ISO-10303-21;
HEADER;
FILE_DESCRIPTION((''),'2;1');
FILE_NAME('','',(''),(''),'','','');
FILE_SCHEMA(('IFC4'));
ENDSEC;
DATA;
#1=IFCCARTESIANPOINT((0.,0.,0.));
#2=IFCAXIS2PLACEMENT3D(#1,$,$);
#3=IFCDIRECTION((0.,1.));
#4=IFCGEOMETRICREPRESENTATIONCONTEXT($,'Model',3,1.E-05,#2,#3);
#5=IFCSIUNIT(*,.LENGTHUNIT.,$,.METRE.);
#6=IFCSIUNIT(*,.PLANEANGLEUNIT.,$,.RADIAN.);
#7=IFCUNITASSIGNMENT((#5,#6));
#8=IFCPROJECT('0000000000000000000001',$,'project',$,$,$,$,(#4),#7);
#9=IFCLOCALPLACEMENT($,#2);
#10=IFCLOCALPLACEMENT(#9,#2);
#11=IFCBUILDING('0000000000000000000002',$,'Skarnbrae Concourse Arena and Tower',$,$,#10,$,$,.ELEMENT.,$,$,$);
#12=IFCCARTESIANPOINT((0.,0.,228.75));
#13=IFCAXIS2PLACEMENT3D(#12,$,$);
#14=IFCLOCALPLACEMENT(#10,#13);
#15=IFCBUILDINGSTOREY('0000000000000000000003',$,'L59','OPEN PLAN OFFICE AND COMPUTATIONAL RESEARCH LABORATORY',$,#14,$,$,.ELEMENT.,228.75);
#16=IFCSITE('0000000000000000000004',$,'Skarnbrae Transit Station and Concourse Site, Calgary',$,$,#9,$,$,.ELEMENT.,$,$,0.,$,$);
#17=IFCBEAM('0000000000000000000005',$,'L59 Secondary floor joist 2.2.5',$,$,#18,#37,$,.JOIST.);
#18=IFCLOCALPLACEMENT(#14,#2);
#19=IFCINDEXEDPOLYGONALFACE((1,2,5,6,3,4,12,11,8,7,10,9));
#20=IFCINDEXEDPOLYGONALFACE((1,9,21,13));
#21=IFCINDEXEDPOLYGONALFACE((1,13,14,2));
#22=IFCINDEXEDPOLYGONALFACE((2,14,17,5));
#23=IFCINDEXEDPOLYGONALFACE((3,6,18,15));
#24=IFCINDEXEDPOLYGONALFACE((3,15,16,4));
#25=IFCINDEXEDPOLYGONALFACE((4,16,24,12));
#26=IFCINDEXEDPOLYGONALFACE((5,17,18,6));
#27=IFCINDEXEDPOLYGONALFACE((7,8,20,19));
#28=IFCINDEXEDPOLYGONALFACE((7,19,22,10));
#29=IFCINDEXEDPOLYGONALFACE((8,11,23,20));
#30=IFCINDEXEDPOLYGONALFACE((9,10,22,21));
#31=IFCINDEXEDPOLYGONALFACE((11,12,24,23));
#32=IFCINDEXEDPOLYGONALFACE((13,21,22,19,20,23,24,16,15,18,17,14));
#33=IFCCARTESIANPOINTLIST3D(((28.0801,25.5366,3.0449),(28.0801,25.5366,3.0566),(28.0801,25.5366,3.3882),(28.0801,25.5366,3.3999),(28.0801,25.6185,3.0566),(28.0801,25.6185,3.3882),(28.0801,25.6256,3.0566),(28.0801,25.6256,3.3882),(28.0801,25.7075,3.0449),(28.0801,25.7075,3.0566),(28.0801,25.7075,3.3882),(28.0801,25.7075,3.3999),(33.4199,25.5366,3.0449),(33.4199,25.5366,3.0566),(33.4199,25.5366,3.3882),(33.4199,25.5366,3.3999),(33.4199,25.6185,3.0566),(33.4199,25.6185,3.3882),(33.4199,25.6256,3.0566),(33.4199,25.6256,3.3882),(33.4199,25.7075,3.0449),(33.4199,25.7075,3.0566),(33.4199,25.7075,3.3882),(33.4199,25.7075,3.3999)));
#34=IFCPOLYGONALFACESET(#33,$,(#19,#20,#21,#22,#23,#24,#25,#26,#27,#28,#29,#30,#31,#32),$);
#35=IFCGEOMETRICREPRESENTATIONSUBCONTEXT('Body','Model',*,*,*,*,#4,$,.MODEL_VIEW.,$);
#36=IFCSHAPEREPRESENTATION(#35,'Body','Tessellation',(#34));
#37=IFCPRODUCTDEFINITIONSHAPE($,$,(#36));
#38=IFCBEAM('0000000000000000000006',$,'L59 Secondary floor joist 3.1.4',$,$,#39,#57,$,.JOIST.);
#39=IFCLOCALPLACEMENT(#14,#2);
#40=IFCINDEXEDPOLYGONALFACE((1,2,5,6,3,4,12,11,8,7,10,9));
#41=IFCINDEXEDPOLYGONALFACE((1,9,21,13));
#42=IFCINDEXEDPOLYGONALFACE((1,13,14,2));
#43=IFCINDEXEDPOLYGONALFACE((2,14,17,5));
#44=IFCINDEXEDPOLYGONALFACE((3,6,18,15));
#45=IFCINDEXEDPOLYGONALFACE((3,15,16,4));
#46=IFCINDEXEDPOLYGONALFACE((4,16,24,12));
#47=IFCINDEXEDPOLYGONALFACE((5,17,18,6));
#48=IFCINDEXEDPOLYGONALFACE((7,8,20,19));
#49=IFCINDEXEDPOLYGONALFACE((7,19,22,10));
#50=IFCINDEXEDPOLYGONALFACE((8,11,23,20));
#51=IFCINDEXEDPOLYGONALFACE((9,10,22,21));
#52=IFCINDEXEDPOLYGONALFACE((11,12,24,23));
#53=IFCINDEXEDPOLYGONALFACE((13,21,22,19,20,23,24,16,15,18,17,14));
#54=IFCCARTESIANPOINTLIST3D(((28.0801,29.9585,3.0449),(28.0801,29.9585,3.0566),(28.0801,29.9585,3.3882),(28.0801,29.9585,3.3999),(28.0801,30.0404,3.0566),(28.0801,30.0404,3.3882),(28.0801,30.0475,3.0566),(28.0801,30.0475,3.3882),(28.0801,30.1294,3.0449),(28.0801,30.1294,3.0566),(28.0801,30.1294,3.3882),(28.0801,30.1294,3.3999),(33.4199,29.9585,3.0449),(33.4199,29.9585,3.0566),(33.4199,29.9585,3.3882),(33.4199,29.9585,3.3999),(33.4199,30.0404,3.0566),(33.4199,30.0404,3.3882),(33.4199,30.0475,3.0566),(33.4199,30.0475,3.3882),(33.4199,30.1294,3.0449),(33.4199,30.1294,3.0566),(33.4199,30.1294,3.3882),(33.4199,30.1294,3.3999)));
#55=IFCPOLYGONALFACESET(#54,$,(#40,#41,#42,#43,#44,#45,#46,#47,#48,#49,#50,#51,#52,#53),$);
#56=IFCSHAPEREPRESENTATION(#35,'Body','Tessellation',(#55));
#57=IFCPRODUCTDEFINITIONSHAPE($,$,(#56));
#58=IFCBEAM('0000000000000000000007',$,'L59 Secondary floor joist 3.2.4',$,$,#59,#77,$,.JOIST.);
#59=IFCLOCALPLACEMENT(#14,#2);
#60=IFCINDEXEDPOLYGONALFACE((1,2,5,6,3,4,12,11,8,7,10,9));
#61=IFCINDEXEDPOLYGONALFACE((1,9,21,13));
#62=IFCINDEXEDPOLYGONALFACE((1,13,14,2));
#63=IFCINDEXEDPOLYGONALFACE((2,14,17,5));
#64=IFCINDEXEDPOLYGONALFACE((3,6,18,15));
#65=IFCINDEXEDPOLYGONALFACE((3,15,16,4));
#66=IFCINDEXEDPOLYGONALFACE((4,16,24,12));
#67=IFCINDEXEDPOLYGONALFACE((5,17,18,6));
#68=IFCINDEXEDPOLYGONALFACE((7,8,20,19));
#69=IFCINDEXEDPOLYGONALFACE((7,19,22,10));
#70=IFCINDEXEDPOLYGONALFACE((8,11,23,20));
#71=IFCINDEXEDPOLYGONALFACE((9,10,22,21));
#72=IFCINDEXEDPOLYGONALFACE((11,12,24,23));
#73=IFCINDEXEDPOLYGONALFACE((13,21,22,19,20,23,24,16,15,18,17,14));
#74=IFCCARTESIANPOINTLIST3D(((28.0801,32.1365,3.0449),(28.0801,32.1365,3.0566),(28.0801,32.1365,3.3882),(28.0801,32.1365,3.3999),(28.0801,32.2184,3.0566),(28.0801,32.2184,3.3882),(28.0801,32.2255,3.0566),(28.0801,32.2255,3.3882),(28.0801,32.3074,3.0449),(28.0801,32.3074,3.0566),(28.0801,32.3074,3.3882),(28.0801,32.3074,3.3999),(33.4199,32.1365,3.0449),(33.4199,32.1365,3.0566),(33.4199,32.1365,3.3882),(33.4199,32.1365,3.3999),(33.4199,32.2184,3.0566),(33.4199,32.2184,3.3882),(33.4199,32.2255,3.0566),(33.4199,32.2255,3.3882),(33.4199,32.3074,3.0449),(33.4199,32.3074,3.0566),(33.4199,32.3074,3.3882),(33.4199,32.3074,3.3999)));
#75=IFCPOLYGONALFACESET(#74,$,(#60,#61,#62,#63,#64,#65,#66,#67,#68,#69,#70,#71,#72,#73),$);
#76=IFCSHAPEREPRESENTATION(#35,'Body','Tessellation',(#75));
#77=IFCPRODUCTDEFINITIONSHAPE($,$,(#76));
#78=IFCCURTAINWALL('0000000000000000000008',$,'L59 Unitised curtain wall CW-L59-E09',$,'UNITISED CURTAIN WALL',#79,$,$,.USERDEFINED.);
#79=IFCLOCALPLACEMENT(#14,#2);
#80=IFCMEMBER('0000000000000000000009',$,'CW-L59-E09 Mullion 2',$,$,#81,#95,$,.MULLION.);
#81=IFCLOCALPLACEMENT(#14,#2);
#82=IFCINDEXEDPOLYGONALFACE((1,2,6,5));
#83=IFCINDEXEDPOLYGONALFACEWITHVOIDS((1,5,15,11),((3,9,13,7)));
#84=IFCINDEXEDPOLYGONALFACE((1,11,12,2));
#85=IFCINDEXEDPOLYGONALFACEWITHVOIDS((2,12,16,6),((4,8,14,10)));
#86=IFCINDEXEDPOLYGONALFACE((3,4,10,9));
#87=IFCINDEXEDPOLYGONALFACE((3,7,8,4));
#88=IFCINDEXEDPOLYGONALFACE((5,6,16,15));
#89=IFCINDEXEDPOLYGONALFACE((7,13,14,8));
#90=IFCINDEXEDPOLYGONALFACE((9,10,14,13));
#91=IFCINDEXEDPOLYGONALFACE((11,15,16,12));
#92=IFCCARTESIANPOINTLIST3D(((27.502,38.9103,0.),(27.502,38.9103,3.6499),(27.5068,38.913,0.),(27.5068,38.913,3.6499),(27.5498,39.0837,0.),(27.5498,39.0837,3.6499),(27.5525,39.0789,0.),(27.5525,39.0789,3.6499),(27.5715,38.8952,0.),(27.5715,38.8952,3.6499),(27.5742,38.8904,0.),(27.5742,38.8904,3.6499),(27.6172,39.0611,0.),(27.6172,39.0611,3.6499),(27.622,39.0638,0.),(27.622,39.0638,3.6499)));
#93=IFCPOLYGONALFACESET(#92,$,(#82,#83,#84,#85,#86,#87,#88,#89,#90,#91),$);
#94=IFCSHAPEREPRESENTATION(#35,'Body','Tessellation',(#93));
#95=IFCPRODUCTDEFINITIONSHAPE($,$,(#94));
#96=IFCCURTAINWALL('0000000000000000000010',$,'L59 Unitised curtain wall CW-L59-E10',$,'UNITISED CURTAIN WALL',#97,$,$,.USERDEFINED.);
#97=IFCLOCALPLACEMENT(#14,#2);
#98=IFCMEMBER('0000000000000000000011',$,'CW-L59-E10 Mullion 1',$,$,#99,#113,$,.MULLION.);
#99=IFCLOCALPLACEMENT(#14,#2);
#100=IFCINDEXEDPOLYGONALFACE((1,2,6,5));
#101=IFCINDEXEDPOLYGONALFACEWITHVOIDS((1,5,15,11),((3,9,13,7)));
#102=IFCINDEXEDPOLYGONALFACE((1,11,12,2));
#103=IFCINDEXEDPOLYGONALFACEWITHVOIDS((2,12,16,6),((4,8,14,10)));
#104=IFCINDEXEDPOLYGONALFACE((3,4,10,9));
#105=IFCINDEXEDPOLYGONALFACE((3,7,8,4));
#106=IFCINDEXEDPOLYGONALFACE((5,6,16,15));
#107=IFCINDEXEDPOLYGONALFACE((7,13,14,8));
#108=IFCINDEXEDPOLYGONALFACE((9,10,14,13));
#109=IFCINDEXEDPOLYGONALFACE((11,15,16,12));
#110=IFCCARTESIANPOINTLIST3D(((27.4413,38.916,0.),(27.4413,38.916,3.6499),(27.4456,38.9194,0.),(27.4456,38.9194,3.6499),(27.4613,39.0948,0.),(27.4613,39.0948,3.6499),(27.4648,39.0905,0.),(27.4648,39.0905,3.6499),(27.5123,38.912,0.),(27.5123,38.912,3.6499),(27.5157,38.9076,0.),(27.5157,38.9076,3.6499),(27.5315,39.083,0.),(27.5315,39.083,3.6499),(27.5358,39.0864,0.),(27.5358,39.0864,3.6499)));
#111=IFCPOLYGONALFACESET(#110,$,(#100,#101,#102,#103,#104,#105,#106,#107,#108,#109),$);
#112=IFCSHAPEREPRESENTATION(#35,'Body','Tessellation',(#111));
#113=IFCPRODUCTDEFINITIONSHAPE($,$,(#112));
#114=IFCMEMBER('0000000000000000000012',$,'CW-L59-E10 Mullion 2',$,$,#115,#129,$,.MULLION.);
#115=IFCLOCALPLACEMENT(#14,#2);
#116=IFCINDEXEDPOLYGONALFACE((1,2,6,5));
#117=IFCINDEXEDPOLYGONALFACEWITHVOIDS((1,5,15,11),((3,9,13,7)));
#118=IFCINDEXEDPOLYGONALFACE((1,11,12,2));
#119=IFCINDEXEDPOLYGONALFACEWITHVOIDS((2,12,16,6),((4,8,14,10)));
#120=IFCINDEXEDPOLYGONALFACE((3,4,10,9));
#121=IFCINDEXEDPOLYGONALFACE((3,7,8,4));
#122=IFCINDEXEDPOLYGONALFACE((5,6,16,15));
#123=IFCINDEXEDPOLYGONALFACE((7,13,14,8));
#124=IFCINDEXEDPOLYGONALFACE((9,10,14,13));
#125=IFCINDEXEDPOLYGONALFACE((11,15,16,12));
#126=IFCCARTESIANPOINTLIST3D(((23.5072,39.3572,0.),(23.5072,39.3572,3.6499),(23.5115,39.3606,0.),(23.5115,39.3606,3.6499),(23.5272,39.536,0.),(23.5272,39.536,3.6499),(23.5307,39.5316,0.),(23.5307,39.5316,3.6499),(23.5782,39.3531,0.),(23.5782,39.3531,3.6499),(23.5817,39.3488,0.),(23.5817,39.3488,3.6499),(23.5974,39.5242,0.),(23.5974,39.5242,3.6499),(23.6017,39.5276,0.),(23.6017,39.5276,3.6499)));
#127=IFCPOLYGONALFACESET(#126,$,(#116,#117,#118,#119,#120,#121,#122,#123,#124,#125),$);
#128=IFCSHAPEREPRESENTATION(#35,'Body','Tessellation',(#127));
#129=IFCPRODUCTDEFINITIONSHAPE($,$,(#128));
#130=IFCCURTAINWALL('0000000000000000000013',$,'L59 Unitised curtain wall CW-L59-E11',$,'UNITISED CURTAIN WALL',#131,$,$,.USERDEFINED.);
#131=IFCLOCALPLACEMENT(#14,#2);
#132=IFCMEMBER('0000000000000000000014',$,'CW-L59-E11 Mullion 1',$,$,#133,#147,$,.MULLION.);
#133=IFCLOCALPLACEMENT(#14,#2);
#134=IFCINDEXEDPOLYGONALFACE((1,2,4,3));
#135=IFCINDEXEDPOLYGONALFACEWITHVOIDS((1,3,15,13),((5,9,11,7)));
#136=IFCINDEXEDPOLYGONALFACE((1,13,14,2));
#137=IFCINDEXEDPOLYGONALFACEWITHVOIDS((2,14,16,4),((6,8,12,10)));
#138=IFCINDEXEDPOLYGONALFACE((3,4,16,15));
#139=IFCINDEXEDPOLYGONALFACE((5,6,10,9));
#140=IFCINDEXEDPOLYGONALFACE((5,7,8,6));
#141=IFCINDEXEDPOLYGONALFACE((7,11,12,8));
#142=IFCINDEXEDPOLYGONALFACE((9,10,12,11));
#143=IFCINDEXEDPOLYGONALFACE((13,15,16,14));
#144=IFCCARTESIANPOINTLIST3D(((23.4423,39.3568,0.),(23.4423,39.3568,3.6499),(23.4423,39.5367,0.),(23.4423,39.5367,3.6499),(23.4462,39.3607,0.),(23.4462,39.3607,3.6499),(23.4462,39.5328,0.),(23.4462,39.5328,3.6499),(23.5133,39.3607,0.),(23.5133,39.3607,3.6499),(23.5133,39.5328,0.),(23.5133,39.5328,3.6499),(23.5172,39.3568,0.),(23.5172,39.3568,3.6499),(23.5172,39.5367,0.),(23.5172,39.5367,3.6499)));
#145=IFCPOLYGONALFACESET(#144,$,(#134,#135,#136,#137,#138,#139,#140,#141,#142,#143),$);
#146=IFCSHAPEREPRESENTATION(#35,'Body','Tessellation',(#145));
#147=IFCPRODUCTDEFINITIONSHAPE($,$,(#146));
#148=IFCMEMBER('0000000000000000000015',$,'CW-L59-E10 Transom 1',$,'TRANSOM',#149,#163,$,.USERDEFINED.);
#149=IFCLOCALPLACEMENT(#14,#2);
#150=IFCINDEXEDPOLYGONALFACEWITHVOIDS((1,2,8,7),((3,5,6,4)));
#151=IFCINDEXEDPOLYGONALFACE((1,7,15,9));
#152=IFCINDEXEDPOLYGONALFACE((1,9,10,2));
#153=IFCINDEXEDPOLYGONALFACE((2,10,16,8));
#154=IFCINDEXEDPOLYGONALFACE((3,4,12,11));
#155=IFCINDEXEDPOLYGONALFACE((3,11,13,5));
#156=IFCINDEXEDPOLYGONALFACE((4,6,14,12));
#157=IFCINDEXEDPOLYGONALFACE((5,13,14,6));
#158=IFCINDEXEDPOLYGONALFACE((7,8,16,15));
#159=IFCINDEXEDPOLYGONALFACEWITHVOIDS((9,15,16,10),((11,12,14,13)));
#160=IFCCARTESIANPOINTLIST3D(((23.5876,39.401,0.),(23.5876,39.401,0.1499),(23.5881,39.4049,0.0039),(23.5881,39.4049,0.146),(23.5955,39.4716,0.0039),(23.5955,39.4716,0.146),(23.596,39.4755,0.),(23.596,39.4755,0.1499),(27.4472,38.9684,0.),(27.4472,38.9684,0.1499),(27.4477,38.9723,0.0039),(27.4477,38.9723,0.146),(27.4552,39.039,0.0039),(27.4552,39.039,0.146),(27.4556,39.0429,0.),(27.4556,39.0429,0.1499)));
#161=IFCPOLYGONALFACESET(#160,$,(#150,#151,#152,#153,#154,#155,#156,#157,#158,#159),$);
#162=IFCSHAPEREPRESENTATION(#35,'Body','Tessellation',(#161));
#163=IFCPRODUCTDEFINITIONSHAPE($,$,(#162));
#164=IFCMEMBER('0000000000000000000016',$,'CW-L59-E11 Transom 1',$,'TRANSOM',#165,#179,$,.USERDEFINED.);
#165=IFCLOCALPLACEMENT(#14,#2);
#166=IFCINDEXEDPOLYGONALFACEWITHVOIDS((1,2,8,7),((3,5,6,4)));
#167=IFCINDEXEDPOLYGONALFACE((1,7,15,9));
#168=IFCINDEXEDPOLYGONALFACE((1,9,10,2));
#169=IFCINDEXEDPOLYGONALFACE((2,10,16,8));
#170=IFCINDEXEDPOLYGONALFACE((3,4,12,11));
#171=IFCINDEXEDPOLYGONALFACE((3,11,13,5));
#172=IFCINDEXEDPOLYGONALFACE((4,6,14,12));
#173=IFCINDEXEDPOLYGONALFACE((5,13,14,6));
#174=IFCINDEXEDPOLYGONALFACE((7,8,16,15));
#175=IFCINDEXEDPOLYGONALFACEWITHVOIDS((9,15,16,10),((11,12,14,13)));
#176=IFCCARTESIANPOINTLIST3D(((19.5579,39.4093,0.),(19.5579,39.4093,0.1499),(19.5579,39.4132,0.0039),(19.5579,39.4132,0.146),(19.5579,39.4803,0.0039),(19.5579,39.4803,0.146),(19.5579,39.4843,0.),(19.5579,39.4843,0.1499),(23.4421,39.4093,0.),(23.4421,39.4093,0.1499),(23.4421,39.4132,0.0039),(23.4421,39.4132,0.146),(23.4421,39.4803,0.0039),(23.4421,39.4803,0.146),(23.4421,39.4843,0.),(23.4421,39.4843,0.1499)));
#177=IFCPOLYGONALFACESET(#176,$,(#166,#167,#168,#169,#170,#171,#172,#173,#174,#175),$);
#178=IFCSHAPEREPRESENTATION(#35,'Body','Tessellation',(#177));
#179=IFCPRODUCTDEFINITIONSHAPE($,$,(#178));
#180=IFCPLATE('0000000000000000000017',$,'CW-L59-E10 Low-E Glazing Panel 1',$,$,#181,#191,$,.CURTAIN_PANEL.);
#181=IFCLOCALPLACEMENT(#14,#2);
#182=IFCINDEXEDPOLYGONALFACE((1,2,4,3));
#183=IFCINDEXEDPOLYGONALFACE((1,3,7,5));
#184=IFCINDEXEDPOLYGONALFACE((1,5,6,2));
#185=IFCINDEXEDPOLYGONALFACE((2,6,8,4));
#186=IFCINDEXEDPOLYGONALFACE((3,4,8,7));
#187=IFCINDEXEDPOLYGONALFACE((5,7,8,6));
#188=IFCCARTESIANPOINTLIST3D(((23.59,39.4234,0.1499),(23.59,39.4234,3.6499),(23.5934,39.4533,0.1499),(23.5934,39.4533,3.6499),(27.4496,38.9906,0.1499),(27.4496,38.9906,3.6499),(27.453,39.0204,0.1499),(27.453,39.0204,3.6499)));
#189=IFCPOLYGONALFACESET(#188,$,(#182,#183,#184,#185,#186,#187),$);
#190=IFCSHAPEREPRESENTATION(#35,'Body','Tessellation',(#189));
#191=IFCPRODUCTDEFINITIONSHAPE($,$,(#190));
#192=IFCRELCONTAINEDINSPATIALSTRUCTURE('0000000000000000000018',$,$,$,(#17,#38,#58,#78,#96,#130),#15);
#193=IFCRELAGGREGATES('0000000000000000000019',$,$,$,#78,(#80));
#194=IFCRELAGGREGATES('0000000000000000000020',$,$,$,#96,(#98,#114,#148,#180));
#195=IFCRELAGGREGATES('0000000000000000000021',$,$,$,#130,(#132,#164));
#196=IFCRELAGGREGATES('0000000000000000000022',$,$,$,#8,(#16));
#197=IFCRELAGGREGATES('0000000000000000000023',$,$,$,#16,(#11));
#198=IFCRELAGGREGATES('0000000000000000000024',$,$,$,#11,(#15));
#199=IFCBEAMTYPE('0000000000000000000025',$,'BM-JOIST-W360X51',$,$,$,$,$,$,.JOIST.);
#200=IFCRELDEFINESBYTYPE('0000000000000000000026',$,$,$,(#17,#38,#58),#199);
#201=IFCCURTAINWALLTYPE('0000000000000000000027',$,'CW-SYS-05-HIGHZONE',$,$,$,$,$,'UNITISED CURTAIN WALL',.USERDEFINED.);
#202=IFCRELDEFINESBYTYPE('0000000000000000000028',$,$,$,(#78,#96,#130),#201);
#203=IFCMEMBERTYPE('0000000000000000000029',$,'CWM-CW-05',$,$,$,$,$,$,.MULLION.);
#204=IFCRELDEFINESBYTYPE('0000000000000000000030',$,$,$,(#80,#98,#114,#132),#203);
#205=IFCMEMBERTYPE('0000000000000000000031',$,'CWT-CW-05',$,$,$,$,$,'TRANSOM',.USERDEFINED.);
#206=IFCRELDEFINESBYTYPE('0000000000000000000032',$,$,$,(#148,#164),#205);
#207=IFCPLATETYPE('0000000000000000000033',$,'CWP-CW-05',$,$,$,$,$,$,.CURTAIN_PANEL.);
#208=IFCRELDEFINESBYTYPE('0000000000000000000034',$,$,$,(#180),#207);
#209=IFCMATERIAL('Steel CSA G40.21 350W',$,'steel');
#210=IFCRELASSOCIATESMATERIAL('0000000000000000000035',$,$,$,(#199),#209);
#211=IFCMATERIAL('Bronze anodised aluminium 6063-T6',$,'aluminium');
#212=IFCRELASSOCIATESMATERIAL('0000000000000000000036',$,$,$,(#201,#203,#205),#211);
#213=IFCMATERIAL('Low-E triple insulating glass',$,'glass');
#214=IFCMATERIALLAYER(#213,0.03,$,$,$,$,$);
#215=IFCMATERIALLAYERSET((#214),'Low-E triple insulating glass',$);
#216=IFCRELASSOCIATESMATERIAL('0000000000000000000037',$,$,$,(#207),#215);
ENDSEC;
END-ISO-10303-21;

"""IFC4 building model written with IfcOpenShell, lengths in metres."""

from ifc_helpers import new_model, si_unit, direction, frame, origin, origin_2d, place, context, subcontext, project, spatial, rectangle, hollow_rectangle, i_section, extrude, source, transform, mapped, material, layer, layer_set, material_profile, profile_set, type_object, element, aggregate, save


model = new_model("IFC4")

# Units and contexts
model_context = context("Model", 3, precision=1e-05, world=origin(), true_north=direction((0.0, 1.0)))
body_context = subcontext(model_context, "Body", "Model", "MODEL_VIEW")
ifc_project = project(units=[si_unit("LENGTHUNIT", "METRE"), si_unit("PLANEANGLEUNIT", "RADIAN")], contexts=[model_context])

# Site, building, storey
site_placement = place(None, origin())
site = spatial("IfcSite", under=ifc_project, at=site_placement, Name="Skarnbrae Transit Station and Concourse Site, Calgary", CompositionType="ELEMENT", RefElevation=0.0)
building_placement = place(site_placement, origin())
building = spatial("IfcBuilding", under=site, at=building_placement, Name="Skarnbrae Concourse Arena and Tower", CompositionType="ELEMENT")
storey_placement = place(building_placement, frame((0.0, 0.0, 228.75)))
storey = spatial("IfcBuildingStorey", under=building, at=storey_placement, Name="L59", Description="OPEN PLAN OFFICE AND COMPUTATIONAL RESEARCH LABORATORY", CompositionType="ELEMENT", Elevation=228.75)

# Shared definitions
ifc_material_1 = material(Name="Steel CSA G40.21 350W", Category="steel")

# Beams
ifc_material_profile_1 = material_profile(ifc_material_1, i_section(OverallWidth=0.1709, OverallDepth=0.355, WebThickness=0.0071, FlangeThickness=0.0117, at=origin_2d()), Name="W360X51")
ifc_profile_set_1 = profile_set([ifc_material_profile_1], Name="Steel CSA G40.21 350W")
beam_type_1 = type_object("IfcBeamType", Name="BM-JOIST-W360X51", PredefinedType="JOIST", material=ifc_profile_set_1)
shared_shape_1 = source(origin(), body_context, "Body", "SweptSolid", [
    extrude(i_section(OverallWidth=0.1709, OverallDepth=0.355, WebThickness=0.0071, FlangeThickness=0.0117, at=origin_2d()), origin(), (0.0, 0.0, 1.0), 5.3398),
])
for number, where, z_axis, x_axis, name in (
    (1, (28.0801, 25.6221, 3.2224), (1.0, 0.0, 0.0), (0.0, 1.0, 0.0), "L59 Secondary floor joist 2.2.5"),
    (2, (28.0801, 30.0439, 3.2224), (1.0, 0.0, 0.0), (0.0, 1.0, 0.0), "L59 Secondary floor joist 3.1.4"),
    (3, (28.0801, 32.2219, 3.2224), (1.0, 0.0, 0.0), (0.0, 1.0, 0.0), "L59 Secondary floor joist 3.2.4"),
):
    element("IfcBeam", number, at=place(storey_placement, frame(where, z_axis=z_axis, x_axis=x_axis)), inside=storey, type_object=beam_type_1, Name=name, PredefinedType="JOIST", context=body_context, shape_type="MappedRepresentation", body=[
        mapped(shared_shape_1, transform((0.0, 0.0, 0.0))),
    ])

# Curtain wall, member
ifc_material_2 = material(Name="Bronze anodised aluminium 6063-T6", Category="aluminium")
curtain_wall_type = type_object("IfcCurtainWallType", Name="CW-SYS-05-HIGHZONE", ElementType="UNITISED CURTAIN WALL", PredefinedType="USERDEFINED", material=ifc_material_2)
curtain_wall_1_placement = place(storey_placement, origin())
curtain_wall_1 = element("IfcCurtainWall", 4, at=curtain_wall_1_placement, inside=storey, type_object=curtain_wall_type, Name="L59 Unitised curtain wall CW-L59-E09", ObjectType="UNITISED CURTAIN WALL", PredefinedType="USERDEFINED")
ifc_material_profile_2 = material_profile(ifc_material_2, hollow_rectangle(XDim=0.075, YDim=0.1799, WallThickness=0.0039, at=origin_2d()), Name="ALU-MULL-75X180")
ifc_profile_set_2 = profile_set([ifc_material_profile_2], Name="Bronze anodised aluminium 6063-T6")
member_type_1 = type_object("IfcMemberType", Name="CWM-CW-05", PredefinedType="MULLION", material=ifc_profile_set_2)
shared_shape_2 = source(origin(), body_context, "Body", "SweptSolid", [
    extrude(hollow_rectangle(XDim=0.075, YDim=0.1799, WallThickness=0.0039, at=origin_2d()), origin(), (0.0, 0.0, 1.0), 3.6499),
])
member_1_placement = place(storey_placement, frame((27.562, 38.9871, 0.0), z_axis=(0.0, 0.0, 1.0), x_axis=(-0.964057, 0.265694, 0.0)))
member_1 = element("IfcMember", 5, at=member_1_placement, type_object=member_type_1, Name="CW-L59-E09 Mullion 2", PredefinedType="MULLION", context=body_context, shape_type="MappedRepresentation", body=[
    mapped(shared_shape_2, transform((0.0, 0.0, 0.0))),
])
aggregate(curtain_wall_1, [member_1])

# Curtain wall, members
curtain_wall_2_placement = place(storey_placement, origin())
curtain_wall_2 = element("IfcCurtainWall", 6, at=curtain_wall_2_placement, inside=storey, type_object=curtain_wall_type, Name="L59 Unitised curtain wall CW-L59-E10", ObjectType="UNITISED CURTAIN WALL", PredefinedType="USERDEFINED")
member_2_placement = place(storey_placement, frame((27.4885, 39.0012, 0.0), z_axis=(0.0, 0.0, 1.0), x_axis=(-0.993769, 0.11146, 0.0)))
member_2 = element("IfcMember", 7, at=member_2_placement, type_object=member_type_1, Name="CW-L59-E10 Mullion 1", PredefinedType="MULLION", context=body_context, shape_type="MappedRepresentation", body=[
    mapped(shared_shape_2, transform((0.0, 0.0, 0.0))),
])
member_3_placement = place(storey_placement, frame((23.5544, 39.4424, 0.0), z_axis=(0.0, 0.0, 1.0), x_axis=(-0.993769, 0.11146, 0.0)))
member_3 = element("IfcMember", 8, at=member_3_placement, type_object=member_type_1, Name="CW-L59-E10 Mullion 2", PredefinedType="MULLION", context=body_context, shape_type="MappedRepresentation", body=[
    mapped(shared_shape_2, transform((0.0, 0.0, 0.0))),
])

# Curtain wall, member
curtain_wall_3_placement = place(storey_placement, origin())
curtain_wall_3 = element("IfcCurtainWall", 9, at=curtain_wall_3_placement, inside=storey, type_object=curtain_wall_type, Name="L59 Unitised curtain wall CW-L59-E11", ObjectType="UNITISED CURTAIN WALL", PredefinedType="USERDEFINED")
member_4_placement = place(storey_placement, frame((23.4797, 39.4468, 0.0), z_axis=(0.0, 0.0, 1.0), x_axis=(-1.0, 0.0, 0.0)))
member_4 = element("IfcMember", 10, at=member_4_placement, type_object=member_type_1, Name="CW-L59-E11 Mullion 1", PredefinedType="MULLION", context=body_context, shape_type="MappedRepresentation", body=[
    mapped(shared_shape_2, transform((0.0, 0.0, 0.0))),
])

# Members
ifc_material_profile_3 = material_profile(ifc_material_2, hollow_rectangle(XDim=0.075, YDim=0.1499, WallThickness=0.0039, at=origin_2d()), Name="ALU-TRAN-75X150")
ifc_profile_set_3 = profile_set([ifc_material_profile_3], Name="Bronze anodised aluminium 6063-T6")
member_type_2 = type_object("IfcMemberType", Name="CWT-CW-05", ElementType="TRANSOM", PredefinedType="USERDEFINED", material=ifc_profile_set_3)
shared_shape_3 = source(origin(), body_context, "Body", "SweptSolid", [
    extrude(hollow_rectangle(XDim=0.075, YDim=0.1499, WallThickness=0.0039, at=origin_2d()), origin(), (0.0, 0.0, 1.0), 3.8838),
])
member_5_placement = place(storey_placement, frame((27.4514, 39.0056, 0.075), z_axis=(-0.993777, 0.11139, 0.0), x_axis=(-0.11139, -0.993777, 0.0)))
member_5 = element("IfcMember", 11, at=member_5_placement, type_object=member_type_2, Name="CW-L59-E10 Transom 1", ObjectType="TRANSOM", PredefinedType="USERDEFINED", context=body_context, shape_type="MappedRepresentation", body=[
    mapped(shared_shape_3, transform((0.0, 0.0, 0.0))),
])
shared_shape_4 = source(origin(), body_context, "Body", "SweptSolid", [
    extrude(hollow_rectangle(XDim=0.075, YDim=0.1499, WallThickness=0.0039, at=origin_2d()), origin(), (0.0, 0.0, 1.0), 3.8843),
])
member_6_placement = place(storey_placement, frame((23.4421, 39.4468, 0.075), z_axis=(-1.0, 0.0, 0.0), x_axis=(0.0, -1.0, 0.0)))
member_6 = element("IfcMember", 12, at=member_6_placement, type_object=member_type_2, Name="CW-L59-E11 Transom 1", ObjectType="TRANSOM", PredefinedType="USERDEFINED", context=body_context, shape_type="MappedRepresentation", body=[
    mapped(shared_shape_4, transform((0.0, 0.0, 0.0))),
])

# Plate
ifc_material_3 = material(Name="Low-E triple insulating glass", Category="glass")
ifc_layer_1 = layer(ifc_material_3, 0.03)
ifc_layer_set_1 = layer_set([ifc_layer_1], Name="Low-E triple insulating glass")
plate_type = type_object("IfcPlateType", Name="CWP-CW-05", PredefinedType="CURTAIN_PANEL", material=ifc_layer_set_1)
shared_shape_5 = source(origin(), body_context, "Body", "SweptSolid", [
    extrude(rectangle(XDim=3.8838, YDim=0.03, at=origin_2d()), origin(), (0.0, 0.0, 1.0), 3.5),
])
plate_1_placement = place(storey_placement, frame((25.5215, 39.2219, 0.1499), z_axis=(0.0, 0.0, 1.0), x_axis=(-0.993769, 0.11146, 0.0)))
plate_1 = element("IfcPlate", 13, at=plate_1_placement, type_object=plate_type, Name="CW-L59-E10 Low-E Glazing Panel 1", PredefinedType="CURTAIN_PANEL", context=body_context, shape_type="MappedRepresentation", body=[
    mapped(shared_shape_5, transform((0.0, 0.0, 0.0))),
])
aggregate(curtain_wall_2, [member_2, member_3, member_5, plate_1])
aggregate(curtain_wall_3, [member_4, member_6])

save(model, "model.ifc")
